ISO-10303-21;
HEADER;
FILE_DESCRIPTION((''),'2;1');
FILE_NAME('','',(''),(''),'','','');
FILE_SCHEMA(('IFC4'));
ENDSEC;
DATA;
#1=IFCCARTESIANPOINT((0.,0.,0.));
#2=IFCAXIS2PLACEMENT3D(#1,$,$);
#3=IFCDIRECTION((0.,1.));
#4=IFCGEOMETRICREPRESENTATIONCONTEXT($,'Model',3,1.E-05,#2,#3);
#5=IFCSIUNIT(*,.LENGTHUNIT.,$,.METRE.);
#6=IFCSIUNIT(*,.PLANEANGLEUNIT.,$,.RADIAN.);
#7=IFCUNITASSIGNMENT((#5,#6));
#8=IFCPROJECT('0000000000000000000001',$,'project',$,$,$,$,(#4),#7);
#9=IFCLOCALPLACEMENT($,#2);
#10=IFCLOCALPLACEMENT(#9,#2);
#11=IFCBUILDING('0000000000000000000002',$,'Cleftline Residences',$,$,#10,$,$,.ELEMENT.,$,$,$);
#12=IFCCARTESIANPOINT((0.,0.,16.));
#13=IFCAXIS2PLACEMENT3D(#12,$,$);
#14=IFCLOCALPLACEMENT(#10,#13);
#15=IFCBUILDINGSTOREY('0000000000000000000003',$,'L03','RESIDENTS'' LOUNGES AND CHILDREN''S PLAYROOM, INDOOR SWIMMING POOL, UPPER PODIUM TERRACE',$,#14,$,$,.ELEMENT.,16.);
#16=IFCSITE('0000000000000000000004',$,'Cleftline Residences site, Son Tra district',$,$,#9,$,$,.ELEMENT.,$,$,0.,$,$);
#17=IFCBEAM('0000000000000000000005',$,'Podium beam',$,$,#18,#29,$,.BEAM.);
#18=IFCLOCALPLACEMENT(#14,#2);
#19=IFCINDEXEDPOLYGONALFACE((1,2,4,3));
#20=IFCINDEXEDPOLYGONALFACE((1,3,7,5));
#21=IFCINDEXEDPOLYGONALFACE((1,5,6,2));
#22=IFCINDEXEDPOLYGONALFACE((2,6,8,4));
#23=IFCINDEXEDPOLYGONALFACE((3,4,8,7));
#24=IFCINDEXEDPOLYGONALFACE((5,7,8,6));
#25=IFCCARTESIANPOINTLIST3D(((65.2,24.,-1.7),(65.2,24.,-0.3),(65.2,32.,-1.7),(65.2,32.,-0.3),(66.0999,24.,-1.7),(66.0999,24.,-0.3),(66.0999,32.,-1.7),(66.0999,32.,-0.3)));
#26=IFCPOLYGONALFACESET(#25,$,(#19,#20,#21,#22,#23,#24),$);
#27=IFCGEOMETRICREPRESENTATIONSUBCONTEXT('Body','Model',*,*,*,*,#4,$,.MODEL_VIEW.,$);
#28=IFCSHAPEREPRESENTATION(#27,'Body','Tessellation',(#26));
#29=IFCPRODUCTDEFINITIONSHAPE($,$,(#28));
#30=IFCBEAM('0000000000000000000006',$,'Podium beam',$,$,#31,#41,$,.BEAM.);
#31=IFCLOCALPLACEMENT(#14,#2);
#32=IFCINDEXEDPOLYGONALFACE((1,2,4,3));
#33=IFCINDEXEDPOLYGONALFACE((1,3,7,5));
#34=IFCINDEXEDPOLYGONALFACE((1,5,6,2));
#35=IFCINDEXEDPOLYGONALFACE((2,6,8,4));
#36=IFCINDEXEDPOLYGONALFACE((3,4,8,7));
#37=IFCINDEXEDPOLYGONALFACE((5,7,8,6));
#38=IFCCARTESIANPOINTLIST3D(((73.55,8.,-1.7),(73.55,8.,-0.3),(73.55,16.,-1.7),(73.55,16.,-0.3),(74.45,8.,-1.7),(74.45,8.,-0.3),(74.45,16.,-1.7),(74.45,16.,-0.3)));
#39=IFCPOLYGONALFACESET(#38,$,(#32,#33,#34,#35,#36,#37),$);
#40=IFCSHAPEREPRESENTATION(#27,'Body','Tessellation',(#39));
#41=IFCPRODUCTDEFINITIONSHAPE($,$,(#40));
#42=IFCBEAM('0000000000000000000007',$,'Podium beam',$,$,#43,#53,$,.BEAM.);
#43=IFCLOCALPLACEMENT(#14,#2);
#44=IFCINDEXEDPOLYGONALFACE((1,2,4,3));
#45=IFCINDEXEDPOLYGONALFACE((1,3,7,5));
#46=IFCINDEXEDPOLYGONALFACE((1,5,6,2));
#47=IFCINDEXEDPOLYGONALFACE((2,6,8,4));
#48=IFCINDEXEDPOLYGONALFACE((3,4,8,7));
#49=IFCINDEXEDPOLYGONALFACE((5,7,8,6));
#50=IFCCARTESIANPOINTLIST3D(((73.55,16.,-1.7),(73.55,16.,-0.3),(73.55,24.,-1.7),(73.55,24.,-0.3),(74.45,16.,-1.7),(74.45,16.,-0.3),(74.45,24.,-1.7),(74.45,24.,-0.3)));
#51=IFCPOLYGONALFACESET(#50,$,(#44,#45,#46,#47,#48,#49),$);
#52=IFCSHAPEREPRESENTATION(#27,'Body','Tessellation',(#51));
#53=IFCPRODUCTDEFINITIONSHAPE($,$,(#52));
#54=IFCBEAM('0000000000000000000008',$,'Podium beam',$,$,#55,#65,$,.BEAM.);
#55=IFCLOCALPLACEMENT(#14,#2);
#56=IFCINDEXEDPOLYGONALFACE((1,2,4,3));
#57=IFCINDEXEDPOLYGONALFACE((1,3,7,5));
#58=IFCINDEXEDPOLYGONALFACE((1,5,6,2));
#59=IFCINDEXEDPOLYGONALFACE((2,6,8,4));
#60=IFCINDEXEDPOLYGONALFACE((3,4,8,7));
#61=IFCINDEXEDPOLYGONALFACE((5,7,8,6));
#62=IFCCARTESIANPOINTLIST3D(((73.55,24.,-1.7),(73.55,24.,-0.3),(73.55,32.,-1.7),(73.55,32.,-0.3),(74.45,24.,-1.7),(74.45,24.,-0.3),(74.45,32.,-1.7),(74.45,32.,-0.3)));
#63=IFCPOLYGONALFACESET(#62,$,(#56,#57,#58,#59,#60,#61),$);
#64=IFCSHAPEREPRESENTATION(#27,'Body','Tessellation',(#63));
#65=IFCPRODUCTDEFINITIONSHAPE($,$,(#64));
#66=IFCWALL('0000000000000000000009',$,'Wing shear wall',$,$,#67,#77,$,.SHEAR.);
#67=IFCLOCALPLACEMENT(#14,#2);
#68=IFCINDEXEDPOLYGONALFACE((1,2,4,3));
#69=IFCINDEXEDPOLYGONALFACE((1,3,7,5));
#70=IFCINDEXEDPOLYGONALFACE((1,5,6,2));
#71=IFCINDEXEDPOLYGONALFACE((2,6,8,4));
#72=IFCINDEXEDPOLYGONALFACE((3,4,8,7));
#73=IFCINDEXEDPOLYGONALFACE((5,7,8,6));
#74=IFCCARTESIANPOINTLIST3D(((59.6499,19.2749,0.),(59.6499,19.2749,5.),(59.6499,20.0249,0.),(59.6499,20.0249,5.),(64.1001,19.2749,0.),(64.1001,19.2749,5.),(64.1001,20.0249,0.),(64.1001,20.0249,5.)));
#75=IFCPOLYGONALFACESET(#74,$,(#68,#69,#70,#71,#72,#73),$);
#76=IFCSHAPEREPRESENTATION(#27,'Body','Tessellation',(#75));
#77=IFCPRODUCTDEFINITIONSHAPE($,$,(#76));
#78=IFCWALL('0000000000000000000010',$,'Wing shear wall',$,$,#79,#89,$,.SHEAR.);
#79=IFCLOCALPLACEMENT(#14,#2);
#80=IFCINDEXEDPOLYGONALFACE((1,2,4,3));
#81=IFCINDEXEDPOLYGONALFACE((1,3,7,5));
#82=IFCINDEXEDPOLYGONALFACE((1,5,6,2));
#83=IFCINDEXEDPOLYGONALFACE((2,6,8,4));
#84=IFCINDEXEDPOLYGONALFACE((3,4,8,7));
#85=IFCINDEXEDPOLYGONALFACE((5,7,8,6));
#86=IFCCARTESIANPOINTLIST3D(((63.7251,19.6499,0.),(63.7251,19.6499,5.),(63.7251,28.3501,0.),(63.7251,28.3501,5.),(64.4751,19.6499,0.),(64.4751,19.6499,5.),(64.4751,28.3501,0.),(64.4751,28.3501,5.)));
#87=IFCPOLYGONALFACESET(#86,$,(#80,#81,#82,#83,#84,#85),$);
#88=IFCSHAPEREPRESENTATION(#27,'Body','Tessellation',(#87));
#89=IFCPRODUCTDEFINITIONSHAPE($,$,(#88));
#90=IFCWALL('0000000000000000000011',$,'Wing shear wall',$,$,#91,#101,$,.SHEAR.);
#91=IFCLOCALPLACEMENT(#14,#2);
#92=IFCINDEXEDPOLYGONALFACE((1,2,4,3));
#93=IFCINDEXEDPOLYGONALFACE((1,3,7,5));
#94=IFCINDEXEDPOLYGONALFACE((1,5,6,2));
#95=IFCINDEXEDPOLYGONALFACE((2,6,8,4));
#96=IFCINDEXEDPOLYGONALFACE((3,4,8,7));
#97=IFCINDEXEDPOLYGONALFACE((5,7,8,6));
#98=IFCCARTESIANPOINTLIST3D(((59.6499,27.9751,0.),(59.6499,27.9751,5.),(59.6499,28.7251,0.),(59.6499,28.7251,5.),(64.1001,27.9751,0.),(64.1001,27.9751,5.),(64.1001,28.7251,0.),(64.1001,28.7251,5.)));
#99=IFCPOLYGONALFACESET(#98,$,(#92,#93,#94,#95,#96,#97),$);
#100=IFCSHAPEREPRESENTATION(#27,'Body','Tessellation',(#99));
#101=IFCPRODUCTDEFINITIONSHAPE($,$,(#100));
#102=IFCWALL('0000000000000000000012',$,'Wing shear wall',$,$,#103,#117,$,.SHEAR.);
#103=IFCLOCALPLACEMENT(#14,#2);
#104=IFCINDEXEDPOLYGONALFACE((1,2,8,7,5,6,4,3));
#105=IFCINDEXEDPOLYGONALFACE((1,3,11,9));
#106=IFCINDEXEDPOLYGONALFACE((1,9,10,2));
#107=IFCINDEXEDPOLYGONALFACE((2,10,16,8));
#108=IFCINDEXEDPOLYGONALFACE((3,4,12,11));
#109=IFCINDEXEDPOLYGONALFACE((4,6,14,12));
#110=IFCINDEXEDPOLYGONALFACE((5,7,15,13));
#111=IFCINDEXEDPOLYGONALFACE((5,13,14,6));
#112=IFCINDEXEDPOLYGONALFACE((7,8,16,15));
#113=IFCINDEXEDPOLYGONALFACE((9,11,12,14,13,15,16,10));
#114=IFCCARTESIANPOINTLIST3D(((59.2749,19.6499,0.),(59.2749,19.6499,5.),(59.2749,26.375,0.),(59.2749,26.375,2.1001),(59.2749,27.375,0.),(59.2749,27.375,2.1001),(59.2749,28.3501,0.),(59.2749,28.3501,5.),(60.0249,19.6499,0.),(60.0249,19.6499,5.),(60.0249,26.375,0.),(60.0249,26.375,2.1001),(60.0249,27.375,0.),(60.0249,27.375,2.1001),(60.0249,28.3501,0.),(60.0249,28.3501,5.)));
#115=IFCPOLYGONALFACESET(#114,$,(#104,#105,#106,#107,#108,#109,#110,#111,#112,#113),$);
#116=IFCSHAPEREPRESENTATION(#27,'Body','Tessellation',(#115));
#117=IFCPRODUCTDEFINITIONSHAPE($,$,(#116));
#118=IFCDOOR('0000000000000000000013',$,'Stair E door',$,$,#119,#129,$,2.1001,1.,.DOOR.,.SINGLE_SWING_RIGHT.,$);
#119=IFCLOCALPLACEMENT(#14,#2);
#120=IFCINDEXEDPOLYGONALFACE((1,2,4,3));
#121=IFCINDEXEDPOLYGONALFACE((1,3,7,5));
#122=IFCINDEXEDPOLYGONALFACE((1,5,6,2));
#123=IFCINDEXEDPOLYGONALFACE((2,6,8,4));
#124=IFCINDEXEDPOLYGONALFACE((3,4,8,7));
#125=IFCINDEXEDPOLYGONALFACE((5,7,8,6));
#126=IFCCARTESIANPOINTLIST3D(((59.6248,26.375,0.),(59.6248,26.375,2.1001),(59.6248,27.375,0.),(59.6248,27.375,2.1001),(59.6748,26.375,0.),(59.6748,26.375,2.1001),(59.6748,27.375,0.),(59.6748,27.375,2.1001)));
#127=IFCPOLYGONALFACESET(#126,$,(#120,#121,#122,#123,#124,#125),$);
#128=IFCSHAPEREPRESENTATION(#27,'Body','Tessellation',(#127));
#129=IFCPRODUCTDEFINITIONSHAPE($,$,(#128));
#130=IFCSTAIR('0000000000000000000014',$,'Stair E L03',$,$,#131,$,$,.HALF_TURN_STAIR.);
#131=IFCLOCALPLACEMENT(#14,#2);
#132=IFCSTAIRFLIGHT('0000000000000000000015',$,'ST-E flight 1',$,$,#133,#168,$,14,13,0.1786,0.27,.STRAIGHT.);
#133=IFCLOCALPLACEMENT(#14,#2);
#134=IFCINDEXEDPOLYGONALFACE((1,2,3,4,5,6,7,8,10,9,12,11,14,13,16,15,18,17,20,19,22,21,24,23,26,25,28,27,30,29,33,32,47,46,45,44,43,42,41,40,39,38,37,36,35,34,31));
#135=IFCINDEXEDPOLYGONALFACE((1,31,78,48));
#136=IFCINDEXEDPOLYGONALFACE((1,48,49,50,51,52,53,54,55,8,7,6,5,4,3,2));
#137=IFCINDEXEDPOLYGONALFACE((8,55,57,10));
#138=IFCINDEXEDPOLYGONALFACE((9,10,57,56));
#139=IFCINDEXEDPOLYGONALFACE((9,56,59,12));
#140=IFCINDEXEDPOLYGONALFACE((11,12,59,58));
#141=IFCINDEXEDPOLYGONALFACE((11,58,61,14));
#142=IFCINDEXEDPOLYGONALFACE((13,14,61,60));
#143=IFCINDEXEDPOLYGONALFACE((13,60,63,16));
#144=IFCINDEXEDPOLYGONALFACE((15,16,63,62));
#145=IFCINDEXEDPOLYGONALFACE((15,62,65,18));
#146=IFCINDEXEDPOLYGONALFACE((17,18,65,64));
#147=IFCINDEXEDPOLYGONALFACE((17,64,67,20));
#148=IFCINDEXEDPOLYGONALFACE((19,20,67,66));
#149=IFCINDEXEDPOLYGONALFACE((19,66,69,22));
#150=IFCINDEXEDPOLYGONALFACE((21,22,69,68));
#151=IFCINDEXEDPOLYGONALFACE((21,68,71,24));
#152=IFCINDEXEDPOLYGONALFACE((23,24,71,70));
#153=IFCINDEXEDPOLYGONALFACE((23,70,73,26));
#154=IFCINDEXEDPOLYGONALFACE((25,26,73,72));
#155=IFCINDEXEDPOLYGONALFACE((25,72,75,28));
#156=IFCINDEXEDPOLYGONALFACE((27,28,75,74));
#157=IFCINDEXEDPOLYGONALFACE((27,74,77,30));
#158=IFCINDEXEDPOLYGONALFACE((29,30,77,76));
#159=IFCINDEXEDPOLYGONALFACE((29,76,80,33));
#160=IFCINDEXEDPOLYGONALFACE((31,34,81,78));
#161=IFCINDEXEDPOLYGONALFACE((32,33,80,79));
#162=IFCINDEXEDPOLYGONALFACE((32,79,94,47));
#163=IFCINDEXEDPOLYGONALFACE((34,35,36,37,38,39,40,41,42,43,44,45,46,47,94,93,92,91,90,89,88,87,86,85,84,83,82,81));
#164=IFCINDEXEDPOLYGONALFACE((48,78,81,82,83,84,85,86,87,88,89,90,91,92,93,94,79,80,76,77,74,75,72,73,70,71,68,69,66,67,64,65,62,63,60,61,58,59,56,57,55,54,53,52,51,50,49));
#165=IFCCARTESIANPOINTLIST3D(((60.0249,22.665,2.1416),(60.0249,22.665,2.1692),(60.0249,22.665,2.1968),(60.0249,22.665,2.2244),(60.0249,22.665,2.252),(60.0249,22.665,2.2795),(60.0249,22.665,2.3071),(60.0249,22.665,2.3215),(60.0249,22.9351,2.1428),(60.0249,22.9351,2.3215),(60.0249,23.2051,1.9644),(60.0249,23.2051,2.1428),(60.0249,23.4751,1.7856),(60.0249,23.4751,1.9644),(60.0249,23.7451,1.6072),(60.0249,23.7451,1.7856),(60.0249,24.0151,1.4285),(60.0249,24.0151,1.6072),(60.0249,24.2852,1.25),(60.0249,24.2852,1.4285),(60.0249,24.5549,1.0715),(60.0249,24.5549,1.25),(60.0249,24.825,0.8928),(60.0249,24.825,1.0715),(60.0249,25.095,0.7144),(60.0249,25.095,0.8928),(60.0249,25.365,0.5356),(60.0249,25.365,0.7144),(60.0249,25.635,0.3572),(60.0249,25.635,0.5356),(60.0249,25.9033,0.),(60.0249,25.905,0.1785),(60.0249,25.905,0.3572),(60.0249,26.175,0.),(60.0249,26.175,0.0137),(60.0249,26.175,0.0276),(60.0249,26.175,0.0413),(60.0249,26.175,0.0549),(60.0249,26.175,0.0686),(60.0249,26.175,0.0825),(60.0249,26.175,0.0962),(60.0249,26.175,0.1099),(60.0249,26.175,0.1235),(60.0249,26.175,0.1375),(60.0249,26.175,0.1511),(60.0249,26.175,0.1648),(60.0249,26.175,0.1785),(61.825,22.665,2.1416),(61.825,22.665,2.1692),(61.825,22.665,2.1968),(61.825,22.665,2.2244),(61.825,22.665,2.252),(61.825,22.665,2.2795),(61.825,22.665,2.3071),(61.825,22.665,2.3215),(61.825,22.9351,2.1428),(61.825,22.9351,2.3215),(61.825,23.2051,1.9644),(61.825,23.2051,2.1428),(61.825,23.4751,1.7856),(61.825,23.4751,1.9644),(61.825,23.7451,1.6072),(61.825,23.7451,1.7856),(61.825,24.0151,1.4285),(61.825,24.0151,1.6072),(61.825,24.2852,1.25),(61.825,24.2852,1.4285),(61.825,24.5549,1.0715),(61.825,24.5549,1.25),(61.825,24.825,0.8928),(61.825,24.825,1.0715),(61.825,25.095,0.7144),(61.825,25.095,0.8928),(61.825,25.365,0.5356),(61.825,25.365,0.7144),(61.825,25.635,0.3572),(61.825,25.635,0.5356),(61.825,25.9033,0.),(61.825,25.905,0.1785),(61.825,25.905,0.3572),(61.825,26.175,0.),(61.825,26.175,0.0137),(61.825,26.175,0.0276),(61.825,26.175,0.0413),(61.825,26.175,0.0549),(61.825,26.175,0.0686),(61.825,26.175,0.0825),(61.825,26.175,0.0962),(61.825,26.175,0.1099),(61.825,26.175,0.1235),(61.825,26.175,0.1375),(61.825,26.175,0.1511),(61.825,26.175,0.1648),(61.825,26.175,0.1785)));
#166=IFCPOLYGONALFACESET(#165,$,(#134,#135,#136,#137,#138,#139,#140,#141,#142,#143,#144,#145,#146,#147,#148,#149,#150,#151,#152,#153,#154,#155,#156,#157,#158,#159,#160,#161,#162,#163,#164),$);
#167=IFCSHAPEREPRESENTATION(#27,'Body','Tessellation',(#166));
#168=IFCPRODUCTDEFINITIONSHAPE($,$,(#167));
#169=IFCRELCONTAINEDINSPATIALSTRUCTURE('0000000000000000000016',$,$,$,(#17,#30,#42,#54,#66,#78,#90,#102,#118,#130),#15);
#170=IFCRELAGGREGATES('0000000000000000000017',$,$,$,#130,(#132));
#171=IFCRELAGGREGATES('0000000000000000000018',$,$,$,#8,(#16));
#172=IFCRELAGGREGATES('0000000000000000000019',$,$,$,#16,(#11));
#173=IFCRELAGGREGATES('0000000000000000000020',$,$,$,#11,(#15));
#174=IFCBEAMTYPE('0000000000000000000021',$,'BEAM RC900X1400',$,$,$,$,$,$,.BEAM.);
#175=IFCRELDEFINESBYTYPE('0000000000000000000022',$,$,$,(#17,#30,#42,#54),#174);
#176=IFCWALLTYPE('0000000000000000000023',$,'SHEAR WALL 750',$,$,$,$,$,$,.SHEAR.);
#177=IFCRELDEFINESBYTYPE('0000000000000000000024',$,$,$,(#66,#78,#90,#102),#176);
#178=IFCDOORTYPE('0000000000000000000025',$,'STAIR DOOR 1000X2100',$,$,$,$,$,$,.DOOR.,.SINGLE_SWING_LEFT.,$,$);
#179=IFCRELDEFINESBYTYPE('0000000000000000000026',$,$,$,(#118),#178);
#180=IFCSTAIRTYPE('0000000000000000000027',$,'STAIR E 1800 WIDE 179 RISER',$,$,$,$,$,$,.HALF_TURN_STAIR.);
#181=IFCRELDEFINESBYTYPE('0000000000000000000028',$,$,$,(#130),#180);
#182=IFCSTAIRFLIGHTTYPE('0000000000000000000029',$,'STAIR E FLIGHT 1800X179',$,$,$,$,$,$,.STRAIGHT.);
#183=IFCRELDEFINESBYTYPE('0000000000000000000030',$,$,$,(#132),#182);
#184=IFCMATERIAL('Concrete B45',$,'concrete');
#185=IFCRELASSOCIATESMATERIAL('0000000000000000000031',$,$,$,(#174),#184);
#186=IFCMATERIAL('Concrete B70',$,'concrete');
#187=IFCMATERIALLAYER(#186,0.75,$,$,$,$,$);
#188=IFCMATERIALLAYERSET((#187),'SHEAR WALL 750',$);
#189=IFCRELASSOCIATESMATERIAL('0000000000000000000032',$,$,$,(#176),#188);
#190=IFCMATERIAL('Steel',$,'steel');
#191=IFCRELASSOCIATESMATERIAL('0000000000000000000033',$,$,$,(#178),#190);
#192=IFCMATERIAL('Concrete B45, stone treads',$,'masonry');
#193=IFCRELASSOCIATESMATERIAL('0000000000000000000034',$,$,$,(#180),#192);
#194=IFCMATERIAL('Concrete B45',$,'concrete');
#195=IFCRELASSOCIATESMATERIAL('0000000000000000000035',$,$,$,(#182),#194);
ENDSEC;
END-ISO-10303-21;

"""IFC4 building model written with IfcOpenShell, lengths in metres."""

from ifc_helpers import new_model, si_unit, direction, frame, frame_2d, origin, origin_2d, place, context, subcontext, project, spatial, polyline, rectangle, outline, extrude, material, layer, layer_set, material_profile, profile_set, type_object, element, fill, aggregate, save


model = new_model("IFC4")

# Units and contexts
model_context = context("Model", 3, precision=1e-05, world=origin(), true_north=direction((0.0, 1.0)))
body_context = subcontext(model_context, "Body", "Model", "MODEL_VIEW")
ifc_project = project(units=[si_unit("LENGTHUNIT", "METRE"), si_unit("PLANEANGLEUNIT", "RADIAN")], contexts=[model_context])

# Site, building, storey
site_placement = place(None, origin())
site = spatial("IfcSite", under=ifc_project, at=site_placement, Name="Cleftline Residences site, Son Tra district", CompositionType="ELEMENT", RefElevation=0.0)
building_placement = place(site_placement, origin())
building = spatial("IfcBuilding", under=site, at=building_placement, Name="Cleftline Residences", CompositionType="ELEMENT")
storey_placement = place(building_placement, frame((0.0, 0.0, 16.0)))
storey = spatial("IfcBuildingStorey", under=building, at=storey_placement, Name="L03", Description="RESIDENTS' LOUNGES AND CHILDREN'S PLAYROOM, INDOOR SWIMMING POOL, UPPER PODIUM TERRACE", CompositionType="ELEMENT", Elevation=16.0)

# Beams
ifc_material_1 = material(Name="Concrete B45", Category="concrete")
ifc_material_profile_1 = material_profile(ifc_material_1, rectangle(XDim=0.8999, YDim=1.3999, at=origin_2d()))
ifc_profile_set_1 = profile_set([ifc_material_profile_1], Name="Concrete B45")
beam_type = type_object("IfcBeamType", Name="BEAM RC900X1400", PredefinedType="BEAM", material=ifc_profile_set_1)
for number, where, z_axis, x_axis, name in (
    (1, (65.6499, 24.0, -1.0), (0.0, 1.0, 0.0), (-1.0, 0.0, 0.0), "Podium beam"),
    (2, (74.0, 8.0, -1.0), (0.0, 1.0, 0.0), (-1.0, 0.0, 0.0), "Podium beam"),
    (3, (74.0, 16.0, -1.0), (0.0, 1.0, 0.0), (-1.0, 0.0, 0.0), "Podium beam"),
    (4, (74.0, 24.0, -1.0), (0.0, 1.0, 0.0), (-1.0, 0.0, 0.0), "Podium beam"),
):
    element("IfcBeam", number, at=place(storey_placement, frame(where, z_axis=z_axis, x_axis=x_axis)), inside=storey, type_object=beam_type, Name=name, PredefinedType="BEAM", context=body_context, shape_type="SweptSolid", body=[
        extrude(rectangle(XDim=0.8999, YDim=1.3999, at=origin_2d()), origin(), (0.0, 0.0, 1.0), 8.0),
    ])

# Walls
ifc_material_2 = material(Name="Concrete B70", Category="concrete")
ifc_layer = layer(ifc_material_2, 0.75)
ifc_layer_set = layer_set([ifc_layer], Name="SHEAR WALL 750")
wall_type = type_object("IfcWallType", Name="SHEAR WALL 750", PredefinedType="SHEAR", material=ifc_layer_set)
wall_1_placement = place(storey_placement, frame((59.6499, 19.6499, 0.0), z_axis=(0.0, 0.0, 1.0), x_axis=(1.0, 0.0, 0.0)))
element("IfcWall", 5, at=wall_1_placement, inside=storey, type_object=wall_type, Name="Wing shear wall", PredefinedType="SHEAR", context=body_context, shape_type="SweptSolid", body=[
    extrude(rectangle(XDim=4.4502, YDim=0.75, at=frame_2d((2.2251, 0.0))), origin(), (0.0, 0.0, 1.0), 5.0),
])
wall_2_placement = place(storey_placement, frame((64.1001, 19.6499, 0.0), z_axis=(0.0, 0.0, 1.0), x_axis=(0.0, 1.0, 0.0)))
element("IfcWall", 6, at=wall_2_placement, inside=storey, type_object=wall_type, Name="Wing shear wall", PredefinedType="SHEAR", context=body_context, shape_type="SweptSolid", body=[
    extrude(rectangle(XDim=8.7002, YDim=0.75, at=frame_2d((4.3501, 0.0))), origin(), (0.0, 0.0, 1.0), 5.0),
])
wall_3_placement = place(storey_placement, frame((64.1001, 28.3501, 0.0), z_axis=(0.0, 0.0, 1.0), x_axis=(-1.0, 0.0, 0.0)))
element("IfcWall", 7, at=wall_3_placement, inside=storey, type_object=wall_type, Name="Wing shear wall", PredefinedType="SHEAR", context=body_context, shape_type="SweptSolid", body=[
    extrude(rectangle(XDim=4.4502, YDim=0.75, at=frame_2d((2.2251, 0.0))), origin(), (0.0, 0.0, 1.0), 5.0),
])

# Wall, opening, door
wall_4_placement = place(storey_placement, frame((59.6499, 28.3501, 0.0), z_axis=(0.0, 0.0, 1.0), x_axis=(0.0, -1.0, 0.0)))
wall_4 = element("IfcWall", 8, at=wall_4_placement, inside=storey, type_object=wall_type, Name="Wing shear wall", PredefinedType="SHEAR", context=body_context, shape_type="SweptSolid", body=[
    extrude(rectangle(XDim=8.7002, YDim=0.75, at=frame_2d((4.3501, 0.0))), origin(), (0.0, 0.0, 1.0), 5.0),
])
opening_placement = place(wall_4_placement, frame((0.9751, 0.0, 0.0)))
opening = element("IfcOpeningElement", 9, at=opening_placement, cuts=wall_4, PredefinedType="OPENING", context=body_context, shape_type="SweptSolid", body=[
    extrude(rectangle(XDim=1.0, YDim=2.1001, at=frame_2d((0.5, 1.05))), frame((0.0, 0.385, 0.0), z_axis=(0.0, -1.0, 0.0), x_axis=(1.0, 0.0, 0.0)), (0.0, 0.0, 1.0), 0.77),
])
ifc_material_3 = material(Name="Steel", Category="steel")
door_type = type_object("IfcDoorType", Name="STAIR DOOR 1000X2100", OperationType="SINGLE_SWING_LEFT", PredefinedType="DOOR", material=ifc_material_3)
door_placement = place(opening_placement, origin())
door = element("IfcDoor", 10, at=door_placement, inside=storey, type_object=door_type, Name="Stair E door", OperationType="SINGLE_SWING_RIGHT", OverallHeight=2.1001, OverallWidth=1.0, PredefinedType="DOOR", context=body_context, shape_type="SweptSolid", body=[
    extrude(rectangle(XDim=1.0, YDim=2.1001, at=frame_2d((0.5, 1.05))), frame((0.0, 0.0249, 0.0), z_axis=(0.0, -1.0, 0.0), x_axis=(1.0, 0.0, 0.0)), (0.0, 0.0, 1.0), 0.05),
])
fill(opening, door)

# Stair, stair flight
ifc_material_4 = material(Name="Concrete B45, stone treads", Category="masonry")
stair_type = type_object("IfcStairType", Name="STAIR E 1800 WIDE 179 RISER", PredefinedType="HALF_TURN_STAIR", material=ifc_material_4)
stair_placement = place(storey_placement, origin())
stair = element("IfcStair", 11, at=stair_placement, inside=storey, type_object=stair_type, Name="Stair E L03", PredefinedType="HALF_TURN_STAIR")
ifc_material_5 = material(Name="Concrete B45", Category="concrete")
stair_flight_type = type_object("IfcStairFlightType", Name="STAIR E FLIGHT 1800X179", PredefinedType="STRAIGHT", material=ifc_material_5)
stair_flight_1_placement = place(storey_placement, frame((60.925, 26.175, 0.0), z_axis=(0.0, 0.0, 1.0), x_axis=(0.0, -1.0, 0.0)))
stair_flight_1 = element("IfcStairFlight", 12, at=stair_flight_1_placement, type_object=stair_flight_type, Name="ST-E flight 1", NumberOfRisers=14, NumberOfTreads=13, PredefinedType="STRAIGHT", RiserHeight=0.1786, TreadLength=0.27, context=body_context, shape_type="SweptSolid", body=[
    extrude(outline(polyline([(0.0, 0.0), (0.0, 0.0137), (0.0, 0.0276), (0.0, 0.0413), (0.0, 0.0549), (0.0, 0.0686), (0.0, 0.0825), (0.0, 0.0962), (0.0, 0.1099), (0.0, 0.1235), (0.0, 0.1375), (0.0, 0.1511), (0.0, 0.1648), (0.0, 0.1785), (0.27, 0.1785), (0.27, 0.3572), (0.54, 0.3572), (0.54, 0.5356), (0.8101, 0.5356), (0.8101, 0.7144), (1.0801, 0.7144), (1.0801, 0.8928), (1.3501, 0.8928), (1.3501, 1.0715), (1.6201, 1.0715), (1.6201, 1.25), (1.8899, 1.25), (1.8899, 1.4285), (2.1599, 1.4285), (2.1599, 1.6072), (2.4299, 1.6072), (2.4299, 1.7856), (2.7, 1.7856), (2.7, 1.9644), (2.97, 1.9644), (2.97, 2.1428), (3.24, 2.1428), (3.24, 2.3215), (3.51, 2.3215), (3.51, 2.5), (3.51, 2.4724), (3.51, 2.4448), (3.51, 2.4172), (3.51, 2.3896), (3.51, 2.3623), (3.51, 2.3347), (3.51, 2.3071), (3.51, 2.2795), (3.51, 2.252), (3.51, 2.2244), (3.51, 2.1968), (3.51, 2.1692), (3.51, 2.1416), (0.2717, 0.0), (0.0, 0.0)])), frame((0.0, 0.8999, 0.0), z_axis=(0.0, -1.0, 0.0), x_axis=(1.0, 0.0, 0.0)), (0.0, 0.0, 1.0), 1.8),
])
aggregate(stair, [stair_flight_1])

save(model, "model.ifc")
